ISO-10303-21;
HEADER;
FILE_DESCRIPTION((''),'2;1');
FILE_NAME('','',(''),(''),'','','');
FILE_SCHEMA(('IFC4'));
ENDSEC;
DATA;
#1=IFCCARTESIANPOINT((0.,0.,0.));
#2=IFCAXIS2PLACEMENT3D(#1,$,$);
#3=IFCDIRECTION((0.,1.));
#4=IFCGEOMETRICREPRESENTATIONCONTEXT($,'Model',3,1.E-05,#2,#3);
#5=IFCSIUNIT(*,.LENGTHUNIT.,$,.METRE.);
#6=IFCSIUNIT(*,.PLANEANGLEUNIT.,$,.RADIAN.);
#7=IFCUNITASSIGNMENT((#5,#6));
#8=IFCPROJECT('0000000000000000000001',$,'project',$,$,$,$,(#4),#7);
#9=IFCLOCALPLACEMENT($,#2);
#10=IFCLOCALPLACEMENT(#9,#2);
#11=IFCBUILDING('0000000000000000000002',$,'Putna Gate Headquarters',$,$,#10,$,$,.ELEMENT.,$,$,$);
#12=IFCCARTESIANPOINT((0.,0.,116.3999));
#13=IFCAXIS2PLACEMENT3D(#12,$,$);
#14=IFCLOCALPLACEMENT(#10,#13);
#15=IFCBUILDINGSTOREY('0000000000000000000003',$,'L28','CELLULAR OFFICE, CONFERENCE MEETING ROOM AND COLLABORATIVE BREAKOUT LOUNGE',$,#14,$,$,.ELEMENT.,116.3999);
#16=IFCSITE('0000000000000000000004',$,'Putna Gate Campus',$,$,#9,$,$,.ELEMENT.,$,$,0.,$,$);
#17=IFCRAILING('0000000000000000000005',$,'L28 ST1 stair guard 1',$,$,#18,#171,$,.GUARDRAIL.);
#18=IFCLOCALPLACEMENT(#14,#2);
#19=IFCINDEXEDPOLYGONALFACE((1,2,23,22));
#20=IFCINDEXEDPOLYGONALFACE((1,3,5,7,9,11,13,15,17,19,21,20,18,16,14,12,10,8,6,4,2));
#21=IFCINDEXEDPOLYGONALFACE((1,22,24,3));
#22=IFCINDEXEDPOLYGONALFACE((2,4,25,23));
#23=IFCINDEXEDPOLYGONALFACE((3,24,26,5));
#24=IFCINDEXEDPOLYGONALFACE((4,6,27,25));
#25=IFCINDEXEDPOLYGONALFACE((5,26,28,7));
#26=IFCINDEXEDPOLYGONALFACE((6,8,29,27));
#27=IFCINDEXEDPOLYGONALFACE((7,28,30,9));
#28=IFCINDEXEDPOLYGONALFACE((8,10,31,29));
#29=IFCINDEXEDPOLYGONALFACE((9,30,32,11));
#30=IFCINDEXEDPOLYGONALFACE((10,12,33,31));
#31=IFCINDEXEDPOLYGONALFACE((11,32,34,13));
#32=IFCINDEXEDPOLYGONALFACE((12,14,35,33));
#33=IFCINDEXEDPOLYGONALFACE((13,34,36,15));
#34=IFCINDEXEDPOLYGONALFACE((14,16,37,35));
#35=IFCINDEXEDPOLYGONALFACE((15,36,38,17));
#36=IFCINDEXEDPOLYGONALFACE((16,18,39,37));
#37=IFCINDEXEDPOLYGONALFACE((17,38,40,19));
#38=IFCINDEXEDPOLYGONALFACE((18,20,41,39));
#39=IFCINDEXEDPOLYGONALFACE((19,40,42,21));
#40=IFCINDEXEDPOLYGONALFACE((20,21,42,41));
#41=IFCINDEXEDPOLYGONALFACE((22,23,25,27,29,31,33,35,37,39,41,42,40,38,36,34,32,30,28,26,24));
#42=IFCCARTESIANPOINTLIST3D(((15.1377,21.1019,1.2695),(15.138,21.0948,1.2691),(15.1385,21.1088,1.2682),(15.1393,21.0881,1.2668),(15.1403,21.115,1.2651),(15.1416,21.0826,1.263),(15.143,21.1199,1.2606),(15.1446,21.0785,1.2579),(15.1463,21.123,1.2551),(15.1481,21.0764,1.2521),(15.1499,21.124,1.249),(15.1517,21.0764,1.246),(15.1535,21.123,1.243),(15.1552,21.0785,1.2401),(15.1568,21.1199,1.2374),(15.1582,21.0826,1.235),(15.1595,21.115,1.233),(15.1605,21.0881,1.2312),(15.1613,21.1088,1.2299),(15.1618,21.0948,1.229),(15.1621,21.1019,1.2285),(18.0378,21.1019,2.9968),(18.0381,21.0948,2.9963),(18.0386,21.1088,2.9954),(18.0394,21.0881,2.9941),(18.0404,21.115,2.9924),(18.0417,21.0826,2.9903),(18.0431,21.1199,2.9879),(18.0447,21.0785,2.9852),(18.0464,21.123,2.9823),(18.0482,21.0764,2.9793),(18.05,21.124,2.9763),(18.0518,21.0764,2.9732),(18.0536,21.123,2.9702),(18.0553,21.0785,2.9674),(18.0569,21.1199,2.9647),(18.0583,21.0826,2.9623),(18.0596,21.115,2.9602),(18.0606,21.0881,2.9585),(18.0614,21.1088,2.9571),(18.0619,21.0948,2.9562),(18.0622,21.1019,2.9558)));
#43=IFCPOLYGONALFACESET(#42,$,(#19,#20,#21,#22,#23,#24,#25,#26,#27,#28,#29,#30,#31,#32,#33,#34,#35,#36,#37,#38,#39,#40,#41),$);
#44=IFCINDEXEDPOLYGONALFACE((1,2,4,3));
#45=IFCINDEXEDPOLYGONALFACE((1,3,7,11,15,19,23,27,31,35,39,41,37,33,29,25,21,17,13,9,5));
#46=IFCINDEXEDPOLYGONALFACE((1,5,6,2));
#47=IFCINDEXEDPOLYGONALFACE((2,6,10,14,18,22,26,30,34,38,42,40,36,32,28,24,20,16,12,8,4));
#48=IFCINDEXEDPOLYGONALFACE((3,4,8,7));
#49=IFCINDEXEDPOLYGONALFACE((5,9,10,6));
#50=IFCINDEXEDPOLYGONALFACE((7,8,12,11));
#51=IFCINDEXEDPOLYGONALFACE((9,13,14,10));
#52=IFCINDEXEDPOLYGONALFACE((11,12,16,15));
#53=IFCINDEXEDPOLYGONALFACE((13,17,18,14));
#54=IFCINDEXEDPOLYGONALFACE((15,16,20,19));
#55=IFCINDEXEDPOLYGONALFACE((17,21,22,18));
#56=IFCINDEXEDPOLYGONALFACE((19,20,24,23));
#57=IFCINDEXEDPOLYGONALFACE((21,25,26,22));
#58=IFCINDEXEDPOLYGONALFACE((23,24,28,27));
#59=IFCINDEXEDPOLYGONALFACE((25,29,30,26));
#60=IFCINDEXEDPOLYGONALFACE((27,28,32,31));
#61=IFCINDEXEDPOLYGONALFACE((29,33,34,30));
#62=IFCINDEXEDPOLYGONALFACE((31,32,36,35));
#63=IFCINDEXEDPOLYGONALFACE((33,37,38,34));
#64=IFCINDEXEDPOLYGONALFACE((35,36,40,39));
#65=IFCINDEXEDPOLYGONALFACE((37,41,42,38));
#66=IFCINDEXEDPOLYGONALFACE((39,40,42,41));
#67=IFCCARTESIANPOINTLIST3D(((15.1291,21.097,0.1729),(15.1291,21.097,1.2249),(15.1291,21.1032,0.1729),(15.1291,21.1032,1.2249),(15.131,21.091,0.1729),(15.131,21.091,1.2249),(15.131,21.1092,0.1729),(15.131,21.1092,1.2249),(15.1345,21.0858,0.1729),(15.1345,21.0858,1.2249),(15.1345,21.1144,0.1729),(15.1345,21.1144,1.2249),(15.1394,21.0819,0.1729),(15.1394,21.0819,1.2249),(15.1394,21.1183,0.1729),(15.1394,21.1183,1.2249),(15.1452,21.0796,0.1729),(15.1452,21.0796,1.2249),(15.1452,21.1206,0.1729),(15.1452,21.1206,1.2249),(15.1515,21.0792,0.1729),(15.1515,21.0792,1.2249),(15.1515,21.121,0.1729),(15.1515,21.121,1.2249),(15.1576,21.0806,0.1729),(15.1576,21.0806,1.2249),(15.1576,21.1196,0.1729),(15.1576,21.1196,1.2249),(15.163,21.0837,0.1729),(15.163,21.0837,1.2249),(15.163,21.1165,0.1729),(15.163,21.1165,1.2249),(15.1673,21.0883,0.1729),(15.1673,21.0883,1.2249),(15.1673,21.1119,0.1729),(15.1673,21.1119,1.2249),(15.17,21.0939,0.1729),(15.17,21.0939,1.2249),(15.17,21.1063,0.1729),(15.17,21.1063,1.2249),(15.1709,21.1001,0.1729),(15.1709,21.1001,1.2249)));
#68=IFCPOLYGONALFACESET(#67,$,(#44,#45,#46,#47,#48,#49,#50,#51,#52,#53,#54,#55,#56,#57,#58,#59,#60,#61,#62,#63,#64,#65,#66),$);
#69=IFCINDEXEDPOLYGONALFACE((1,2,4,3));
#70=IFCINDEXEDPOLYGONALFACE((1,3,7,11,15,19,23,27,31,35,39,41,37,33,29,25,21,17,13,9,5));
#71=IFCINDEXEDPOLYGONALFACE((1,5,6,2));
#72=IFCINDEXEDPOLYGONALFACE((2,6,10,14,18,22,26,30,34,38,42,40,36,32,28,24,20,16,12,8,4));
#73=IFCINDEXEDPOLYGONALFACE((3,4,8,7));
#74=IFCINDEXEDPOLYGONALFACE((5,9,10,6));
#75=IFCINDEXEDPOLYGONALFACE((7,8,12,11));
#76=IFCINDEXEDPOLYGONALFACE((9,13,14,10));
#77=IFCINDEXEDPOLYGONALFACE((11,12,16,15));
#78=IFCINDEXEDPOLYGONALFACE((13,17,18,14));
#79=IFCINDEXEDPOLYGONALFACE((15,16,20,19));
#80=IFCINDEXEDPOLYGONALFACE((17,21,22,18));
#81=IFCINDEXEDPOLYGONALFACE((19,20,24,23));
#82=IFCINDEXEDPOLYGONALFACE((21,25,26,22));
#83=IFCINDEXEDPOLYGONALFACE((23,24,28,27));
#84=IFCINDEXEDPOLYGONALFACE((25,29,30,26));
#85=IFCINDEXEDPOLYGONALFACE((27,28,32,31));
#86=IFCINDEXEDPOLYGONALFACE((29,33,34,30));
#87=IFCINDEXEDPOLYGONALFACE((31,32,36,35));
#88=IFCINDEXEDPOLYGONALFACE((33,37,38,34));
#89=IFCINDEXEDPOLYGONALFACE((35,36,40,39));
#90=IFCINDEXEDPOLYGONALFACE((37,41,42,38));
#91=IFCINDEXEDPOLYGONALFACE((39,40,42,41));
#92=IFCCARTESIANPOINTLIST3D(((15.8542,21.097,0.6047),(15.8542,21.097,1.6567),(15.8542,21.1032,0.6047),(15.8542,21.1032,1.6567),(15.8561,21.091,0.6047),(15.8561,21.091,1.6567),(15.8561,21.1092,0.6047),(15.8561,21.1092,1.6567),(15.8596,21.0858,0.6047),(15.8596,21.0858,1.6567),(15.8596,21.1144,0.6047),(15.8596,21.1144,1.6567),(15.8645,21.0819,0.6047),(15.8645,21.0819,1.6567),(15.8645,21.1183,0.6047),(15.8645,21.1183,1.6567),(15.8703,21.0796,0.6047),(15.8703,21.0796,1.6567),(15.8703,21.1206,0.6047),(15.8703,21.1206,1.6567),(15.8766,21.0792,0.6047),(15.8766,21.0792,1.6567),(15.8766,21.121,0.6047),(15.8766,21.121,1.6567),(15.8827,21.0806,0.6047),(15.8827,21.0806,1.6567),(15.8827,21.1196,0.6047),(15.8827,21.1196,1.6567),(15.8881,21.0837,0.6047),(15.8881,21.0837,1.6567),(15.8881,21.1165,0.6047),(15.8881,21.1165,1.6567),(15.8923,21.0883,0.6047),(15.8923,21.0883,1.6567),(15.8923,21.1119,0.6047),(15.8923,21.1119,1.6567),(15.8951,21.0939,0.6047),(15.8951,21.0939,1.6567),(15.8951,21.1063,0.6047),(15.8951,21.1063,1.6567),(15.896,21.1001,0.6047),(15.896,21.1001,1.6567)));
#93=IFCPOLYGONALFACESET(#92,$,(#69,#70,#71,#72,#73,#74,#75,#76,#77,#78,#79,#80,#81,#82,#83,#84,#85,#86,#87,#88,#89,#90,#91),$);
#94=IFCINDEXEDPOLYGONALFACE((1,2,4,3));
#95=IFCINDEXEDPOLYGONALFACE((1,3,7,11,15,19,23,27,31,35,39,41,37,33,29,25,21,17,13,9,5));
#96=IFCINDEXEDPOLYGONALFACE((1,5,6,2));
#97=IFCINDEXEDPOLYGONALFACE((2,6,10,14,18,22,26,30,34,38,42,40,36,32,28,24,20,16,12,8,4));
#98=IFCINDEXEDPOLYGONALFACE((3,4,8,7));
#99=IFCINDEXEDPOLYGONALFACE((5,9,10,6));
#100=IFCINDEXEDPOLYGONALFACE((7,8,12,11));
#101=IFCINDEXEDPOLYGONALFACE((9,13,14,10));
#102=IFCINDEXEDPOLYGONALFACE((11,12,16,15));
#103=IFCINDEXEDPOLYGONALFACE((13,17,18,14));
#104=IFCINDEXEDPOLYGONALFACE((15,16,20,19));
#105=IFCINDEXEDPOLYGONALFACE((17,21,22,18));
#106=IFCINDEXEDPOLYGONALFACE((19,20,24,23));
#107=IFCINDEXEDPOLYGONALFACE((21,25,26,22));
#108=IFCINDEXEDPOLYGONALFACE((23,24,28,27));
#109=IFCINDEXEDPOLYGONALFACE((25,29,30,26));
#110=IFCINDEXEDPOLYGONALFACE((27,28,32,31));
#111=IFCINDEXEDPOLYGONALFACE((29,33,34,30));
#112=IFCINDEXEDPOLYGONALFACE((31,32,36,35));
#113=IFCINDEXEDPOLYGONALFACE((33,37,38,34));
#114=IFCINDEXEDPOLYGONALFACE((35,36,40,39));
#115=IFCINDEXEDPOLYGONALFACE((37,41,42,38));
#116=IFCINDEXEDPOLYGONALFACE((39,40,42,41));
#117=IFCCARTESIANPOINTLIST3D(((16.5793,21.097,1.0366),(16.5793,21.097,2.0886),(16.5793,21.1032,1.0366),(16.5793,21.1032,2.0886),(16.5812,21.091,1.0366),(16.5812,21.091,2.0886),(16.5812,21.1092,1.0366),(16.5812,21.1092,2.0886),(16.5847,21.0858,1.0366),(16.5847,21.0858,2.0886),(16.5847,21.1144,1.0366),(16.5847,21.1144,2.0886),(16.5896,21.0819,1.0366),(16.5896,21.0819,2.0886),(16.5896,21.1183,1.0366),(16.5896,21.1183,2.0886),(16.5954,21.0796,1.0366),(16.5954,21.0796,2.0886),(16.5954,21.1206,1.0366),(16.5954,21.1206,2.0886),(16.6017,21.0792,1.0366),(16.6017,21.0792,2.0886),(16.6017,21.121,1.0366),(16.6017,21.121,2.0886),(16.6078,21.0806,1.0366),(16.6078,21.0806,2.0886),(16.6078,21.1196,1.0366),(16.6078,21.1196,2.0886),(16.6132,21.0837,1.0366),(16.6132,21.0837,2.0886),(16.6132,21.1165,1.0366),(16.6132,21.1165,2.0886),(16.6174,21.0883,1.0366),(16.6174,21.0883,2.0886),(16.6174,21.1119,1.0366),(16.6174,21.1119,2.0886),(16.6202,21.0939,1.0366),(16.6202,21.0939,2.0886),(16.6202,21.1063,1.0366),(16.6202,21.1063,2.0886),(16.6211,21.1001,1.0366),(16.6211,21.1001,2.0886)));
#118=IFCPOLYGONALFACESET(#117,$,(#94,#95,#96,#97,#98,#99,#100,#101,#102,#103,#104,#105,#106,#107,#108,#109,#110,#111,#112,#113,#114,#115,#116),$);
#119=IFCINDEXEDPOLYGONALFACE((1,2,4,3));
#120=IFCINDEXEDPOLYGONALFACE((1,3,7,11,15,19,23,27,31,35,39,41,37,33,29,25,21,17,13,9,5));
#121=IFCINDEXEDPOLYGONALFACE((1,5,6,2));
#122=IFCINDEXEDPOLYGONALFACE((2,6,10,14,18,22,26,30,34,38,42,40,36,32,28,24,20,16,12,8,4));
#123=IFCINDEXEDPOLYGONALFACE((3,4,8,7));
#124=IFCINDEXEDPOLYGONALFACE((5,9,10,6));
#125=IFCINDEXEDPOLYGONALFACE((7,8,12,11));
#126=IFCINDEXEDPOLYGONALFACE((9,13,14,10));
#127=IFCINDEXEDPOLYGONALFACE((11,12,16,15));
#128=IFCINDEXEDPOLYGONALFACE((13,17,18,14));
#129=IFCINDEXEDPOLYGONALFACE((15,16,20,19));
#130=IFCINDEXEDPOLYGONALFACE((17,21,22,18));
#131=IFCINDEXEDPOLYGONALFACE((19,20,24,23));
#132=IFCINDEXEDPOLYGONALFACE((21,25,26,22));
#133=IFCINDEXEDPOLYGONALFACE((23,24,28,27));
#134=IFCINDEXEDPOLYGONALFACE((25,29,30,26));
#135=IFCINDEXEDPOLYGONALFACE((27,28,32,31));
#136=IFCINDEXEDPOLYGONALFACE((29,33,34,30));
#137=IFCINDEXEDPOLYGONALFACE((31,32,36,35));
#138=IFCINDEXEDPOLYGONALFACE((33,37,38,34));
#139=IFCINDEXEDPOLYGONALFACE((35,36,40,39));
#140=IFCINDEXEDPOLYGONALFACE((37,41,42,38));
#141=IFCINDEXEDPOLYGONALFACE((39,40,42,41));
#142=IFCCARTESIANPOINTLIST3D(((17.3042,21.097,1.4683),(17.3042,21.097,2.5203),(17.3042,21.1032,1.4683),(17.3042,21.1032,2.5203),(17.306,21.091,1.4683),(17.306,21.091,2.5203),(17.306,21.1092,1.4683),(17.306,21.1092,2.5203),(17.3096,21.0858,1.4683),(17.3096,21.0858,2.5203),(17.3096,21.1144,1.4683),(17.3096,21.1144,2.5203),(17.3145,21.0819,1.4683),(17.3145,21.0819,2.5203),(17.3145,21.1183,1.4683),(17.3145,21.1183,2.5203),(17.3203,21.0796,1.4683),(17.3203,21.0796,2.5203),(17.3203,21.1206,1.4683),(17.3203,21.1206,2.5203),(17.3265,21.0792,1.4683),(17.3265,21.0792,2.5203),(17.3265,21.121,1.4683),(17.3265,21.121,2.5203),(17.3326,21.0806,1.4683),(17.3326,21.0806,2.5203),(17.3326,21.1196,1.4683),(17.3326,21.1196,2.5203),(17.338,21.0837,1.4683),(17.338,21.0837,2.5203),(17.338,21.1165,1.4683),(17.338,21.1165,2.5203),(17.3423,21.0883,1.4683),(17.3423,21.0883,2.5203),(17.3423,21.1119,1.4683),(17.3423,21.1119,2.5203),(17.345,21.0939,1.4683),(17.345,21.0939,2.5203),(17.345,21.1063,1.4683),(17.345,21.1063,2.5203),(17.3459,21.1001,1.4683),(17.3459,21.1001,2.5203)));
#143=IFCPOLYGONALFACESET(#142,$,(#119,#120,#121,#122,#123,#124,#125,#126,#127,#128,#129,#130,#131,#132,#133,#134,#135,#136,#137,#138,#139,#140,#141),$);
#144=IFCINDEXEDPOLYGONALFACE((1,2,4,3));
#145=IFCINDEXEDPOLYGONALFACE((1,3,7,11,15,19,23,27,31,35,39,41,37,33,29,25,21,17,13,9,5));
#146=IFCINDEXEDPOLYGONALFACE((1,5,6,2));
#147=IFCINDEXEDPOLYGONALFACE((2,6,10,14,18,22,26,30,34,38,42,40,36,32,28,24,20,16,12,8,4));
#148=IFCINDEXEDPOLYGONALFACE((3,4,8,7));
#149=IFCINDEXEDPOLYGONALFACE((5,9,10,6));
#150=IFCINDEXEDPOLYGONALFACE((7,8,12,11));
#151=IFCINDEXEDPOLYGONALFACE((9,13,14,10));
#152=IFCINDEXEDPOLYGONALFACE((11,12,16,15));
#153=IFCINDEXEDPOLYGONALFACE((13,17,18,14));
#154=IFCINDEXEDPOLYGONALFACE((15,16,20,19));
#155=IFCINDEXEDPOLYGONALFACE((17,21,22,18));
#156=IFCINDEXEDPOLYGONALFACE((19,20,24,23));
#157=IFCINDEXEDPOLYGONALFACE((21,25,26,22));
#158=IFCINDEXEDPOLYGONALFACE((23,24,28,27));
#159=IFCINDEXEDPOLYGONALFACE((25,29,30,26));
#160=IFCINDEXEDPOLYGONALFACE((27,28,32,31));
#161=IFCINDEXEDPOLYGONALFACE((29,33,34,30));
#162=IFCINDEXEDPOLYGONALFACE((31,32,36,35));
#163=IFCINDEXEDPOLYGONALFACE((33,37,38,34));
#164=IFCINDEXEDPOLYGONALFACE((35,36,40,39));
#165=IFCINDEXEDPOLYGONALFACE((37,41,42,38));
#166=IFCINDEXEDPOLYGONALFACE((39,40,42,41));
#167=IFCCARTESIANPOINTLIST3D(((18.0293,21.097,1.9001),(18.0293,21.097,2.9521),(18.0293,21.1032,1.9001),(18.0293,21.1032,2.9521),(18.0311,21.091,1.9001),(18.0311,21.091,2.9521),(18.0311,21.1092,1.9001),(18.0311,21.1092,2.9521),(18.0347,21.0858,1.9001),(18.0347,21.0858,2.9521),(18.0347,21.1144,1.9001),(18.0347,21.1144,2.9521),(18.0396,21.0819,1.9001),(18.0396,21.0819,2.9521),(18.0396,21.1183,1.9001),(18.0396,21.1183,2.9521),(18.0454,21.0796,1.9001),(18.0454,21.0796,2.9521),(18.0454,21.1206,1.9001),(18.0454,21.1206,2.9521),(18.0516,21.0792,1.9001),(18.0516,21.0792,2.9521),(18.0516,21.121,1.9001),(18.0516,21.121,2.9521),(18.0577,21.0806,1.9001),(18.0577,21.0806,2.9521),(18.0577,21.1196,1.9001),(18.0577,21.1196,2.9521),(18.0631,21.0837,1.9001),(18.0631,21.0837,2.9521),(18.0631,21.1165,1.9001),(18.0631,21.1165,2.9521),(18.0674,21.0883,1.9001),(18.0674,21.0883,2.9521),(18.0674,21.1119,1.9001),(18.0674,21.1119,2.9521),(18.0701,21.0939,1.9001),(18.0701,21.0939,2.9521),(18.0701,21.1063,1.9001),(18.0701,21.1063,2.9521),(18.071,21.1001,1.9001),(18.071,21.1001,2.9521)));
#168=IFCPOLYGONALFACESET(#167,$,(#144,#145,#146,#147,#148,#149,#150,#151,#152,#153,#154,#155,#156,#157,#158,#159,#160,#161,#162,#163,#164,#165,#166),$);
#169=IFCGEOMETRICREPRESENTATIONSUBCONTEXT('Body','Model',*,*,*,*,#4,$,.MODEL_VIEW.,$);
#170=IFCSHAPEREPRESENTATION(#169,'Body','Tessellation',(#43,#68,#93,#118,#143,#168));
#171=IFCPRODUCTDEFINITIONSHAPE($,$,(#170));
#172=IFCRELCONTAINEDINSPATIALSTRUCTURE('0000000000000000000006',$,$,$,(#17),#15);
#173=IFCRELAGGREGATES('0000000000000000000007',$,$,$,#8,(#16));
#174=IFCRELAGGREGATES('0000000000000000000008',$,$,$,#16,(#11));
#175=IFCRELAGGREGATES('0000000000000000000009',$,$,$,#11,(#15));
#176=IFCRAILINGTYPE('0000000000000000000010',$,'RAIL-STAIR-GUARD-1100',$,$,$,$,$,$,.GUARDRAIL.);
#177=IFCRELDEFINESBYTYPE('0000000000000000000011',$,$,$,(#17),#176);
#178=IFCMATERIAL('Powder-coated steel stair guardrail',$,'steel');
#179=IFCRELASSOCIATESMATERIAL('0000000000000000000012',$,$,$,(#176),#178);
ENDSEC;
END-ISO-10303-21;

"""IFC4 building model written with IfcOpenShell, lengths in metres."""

from ifc_helpers import new_model, si_unit, direction, frame, origin, origin_2d, place, context, subcontext, project, spatial, circle, extrude, material, type_object, element, save


model = new_model("IFC4")

# Units and contexts
model_context = context("Model", 3, precision=1e-05, world=origin(), true_north=direction((0.0, 1.0)))
body_context = subcontext(model_context, "Body", "Model", "MODEL_VIEW")
ifc_project = project(units=[si_unit("LENGTHUNIT", "METRE"), si_unit("PLANEANGLEUNIT", "RADIAN")], contexts=[model_context])

# Site, building, storey
site_placement = place(None, origin())
site = spatial("IfcSite", under=ifc_project, at=site_placement, Name="Putna Gate Campus", CompositionType="ELEMENT", RefElevation=0.0)
building_placement = place(site_placement, origin())
building = spatial("IfcBuilding", under=site, at=building_placement, Name="Putna Gate Headquarters", CompositionType="ELEMENT")
storey_placement = place(building_placement, frame((0.0, 0.0, 116.3999)))
storey = spatial("IfcBuildingStorey", under=building, at=storey_placement, Name="L28", Description="CELLULAR OFFICE, CONFERENCE MEETING ROOM AND COLLABORATIVE BREAKOUT LOUNGE", CompositionType="ELEMENT", Elevation=116.3999)

# Railing
ifc_material_1 = material(Name="Powder-coated steel stair guardrail", Category="steel")
railing_type_1 = type_object("IfcRailingType", Name="RAIL-STAIR-GUARD-1100", PredefinedType="GUARDRAIL", material=ifc_material_1)
railing_1_placement = place(storey_placement, frame((15.1499, 21.1001, 0.1729)))
element("IfcRailing", 1, at=railing_1_placement, inside=storey, type_object=railing_type_1, Name="L28 ST1 stair guard 1", PredefinedType="GUARDRAIL", context=body_context, shape_type="SweptSolid", body=[
    extrude(circle(Radius=0.0239, at=origin_2d()), frame((0.0, 0.0, 1.0762), z_axis=(0.85916, 0.0, 0.511706), x_axis=(0.0, 1.0, 0.0)), (0.0, 0.0, 1.0), 3.3755),
    extrude(circle(Radius=0.021, at=origin_2d()), origin(), (0.0, 0.0, 1.0), 1.052),
    extrude(circle(Radius=0.021, at=origin_2d()), frame((0.7251, 0.0, 0.4319)), (0.0, 0.0, 1.0), 1.052),
    extrude(circle(Radius=0.021, at=origin_2d()), frame((1.4502, 0.0, 0.8638)), (0.0, 0.0, 1.0), 1.052),
    extrude(circle(Radius=0.021, at=origin_2d()), frame((2.175, 0.0, 1.2954)), (0.0, 0.0, 1.0), 1.052),
    extrude(circle(Radius=0.021, at=origin_2d()), frame((2.9001, 0.0, 1.7273)), (0.0, 0.0, 1.0), 1.052),
])

save(model, "model.ifc")
